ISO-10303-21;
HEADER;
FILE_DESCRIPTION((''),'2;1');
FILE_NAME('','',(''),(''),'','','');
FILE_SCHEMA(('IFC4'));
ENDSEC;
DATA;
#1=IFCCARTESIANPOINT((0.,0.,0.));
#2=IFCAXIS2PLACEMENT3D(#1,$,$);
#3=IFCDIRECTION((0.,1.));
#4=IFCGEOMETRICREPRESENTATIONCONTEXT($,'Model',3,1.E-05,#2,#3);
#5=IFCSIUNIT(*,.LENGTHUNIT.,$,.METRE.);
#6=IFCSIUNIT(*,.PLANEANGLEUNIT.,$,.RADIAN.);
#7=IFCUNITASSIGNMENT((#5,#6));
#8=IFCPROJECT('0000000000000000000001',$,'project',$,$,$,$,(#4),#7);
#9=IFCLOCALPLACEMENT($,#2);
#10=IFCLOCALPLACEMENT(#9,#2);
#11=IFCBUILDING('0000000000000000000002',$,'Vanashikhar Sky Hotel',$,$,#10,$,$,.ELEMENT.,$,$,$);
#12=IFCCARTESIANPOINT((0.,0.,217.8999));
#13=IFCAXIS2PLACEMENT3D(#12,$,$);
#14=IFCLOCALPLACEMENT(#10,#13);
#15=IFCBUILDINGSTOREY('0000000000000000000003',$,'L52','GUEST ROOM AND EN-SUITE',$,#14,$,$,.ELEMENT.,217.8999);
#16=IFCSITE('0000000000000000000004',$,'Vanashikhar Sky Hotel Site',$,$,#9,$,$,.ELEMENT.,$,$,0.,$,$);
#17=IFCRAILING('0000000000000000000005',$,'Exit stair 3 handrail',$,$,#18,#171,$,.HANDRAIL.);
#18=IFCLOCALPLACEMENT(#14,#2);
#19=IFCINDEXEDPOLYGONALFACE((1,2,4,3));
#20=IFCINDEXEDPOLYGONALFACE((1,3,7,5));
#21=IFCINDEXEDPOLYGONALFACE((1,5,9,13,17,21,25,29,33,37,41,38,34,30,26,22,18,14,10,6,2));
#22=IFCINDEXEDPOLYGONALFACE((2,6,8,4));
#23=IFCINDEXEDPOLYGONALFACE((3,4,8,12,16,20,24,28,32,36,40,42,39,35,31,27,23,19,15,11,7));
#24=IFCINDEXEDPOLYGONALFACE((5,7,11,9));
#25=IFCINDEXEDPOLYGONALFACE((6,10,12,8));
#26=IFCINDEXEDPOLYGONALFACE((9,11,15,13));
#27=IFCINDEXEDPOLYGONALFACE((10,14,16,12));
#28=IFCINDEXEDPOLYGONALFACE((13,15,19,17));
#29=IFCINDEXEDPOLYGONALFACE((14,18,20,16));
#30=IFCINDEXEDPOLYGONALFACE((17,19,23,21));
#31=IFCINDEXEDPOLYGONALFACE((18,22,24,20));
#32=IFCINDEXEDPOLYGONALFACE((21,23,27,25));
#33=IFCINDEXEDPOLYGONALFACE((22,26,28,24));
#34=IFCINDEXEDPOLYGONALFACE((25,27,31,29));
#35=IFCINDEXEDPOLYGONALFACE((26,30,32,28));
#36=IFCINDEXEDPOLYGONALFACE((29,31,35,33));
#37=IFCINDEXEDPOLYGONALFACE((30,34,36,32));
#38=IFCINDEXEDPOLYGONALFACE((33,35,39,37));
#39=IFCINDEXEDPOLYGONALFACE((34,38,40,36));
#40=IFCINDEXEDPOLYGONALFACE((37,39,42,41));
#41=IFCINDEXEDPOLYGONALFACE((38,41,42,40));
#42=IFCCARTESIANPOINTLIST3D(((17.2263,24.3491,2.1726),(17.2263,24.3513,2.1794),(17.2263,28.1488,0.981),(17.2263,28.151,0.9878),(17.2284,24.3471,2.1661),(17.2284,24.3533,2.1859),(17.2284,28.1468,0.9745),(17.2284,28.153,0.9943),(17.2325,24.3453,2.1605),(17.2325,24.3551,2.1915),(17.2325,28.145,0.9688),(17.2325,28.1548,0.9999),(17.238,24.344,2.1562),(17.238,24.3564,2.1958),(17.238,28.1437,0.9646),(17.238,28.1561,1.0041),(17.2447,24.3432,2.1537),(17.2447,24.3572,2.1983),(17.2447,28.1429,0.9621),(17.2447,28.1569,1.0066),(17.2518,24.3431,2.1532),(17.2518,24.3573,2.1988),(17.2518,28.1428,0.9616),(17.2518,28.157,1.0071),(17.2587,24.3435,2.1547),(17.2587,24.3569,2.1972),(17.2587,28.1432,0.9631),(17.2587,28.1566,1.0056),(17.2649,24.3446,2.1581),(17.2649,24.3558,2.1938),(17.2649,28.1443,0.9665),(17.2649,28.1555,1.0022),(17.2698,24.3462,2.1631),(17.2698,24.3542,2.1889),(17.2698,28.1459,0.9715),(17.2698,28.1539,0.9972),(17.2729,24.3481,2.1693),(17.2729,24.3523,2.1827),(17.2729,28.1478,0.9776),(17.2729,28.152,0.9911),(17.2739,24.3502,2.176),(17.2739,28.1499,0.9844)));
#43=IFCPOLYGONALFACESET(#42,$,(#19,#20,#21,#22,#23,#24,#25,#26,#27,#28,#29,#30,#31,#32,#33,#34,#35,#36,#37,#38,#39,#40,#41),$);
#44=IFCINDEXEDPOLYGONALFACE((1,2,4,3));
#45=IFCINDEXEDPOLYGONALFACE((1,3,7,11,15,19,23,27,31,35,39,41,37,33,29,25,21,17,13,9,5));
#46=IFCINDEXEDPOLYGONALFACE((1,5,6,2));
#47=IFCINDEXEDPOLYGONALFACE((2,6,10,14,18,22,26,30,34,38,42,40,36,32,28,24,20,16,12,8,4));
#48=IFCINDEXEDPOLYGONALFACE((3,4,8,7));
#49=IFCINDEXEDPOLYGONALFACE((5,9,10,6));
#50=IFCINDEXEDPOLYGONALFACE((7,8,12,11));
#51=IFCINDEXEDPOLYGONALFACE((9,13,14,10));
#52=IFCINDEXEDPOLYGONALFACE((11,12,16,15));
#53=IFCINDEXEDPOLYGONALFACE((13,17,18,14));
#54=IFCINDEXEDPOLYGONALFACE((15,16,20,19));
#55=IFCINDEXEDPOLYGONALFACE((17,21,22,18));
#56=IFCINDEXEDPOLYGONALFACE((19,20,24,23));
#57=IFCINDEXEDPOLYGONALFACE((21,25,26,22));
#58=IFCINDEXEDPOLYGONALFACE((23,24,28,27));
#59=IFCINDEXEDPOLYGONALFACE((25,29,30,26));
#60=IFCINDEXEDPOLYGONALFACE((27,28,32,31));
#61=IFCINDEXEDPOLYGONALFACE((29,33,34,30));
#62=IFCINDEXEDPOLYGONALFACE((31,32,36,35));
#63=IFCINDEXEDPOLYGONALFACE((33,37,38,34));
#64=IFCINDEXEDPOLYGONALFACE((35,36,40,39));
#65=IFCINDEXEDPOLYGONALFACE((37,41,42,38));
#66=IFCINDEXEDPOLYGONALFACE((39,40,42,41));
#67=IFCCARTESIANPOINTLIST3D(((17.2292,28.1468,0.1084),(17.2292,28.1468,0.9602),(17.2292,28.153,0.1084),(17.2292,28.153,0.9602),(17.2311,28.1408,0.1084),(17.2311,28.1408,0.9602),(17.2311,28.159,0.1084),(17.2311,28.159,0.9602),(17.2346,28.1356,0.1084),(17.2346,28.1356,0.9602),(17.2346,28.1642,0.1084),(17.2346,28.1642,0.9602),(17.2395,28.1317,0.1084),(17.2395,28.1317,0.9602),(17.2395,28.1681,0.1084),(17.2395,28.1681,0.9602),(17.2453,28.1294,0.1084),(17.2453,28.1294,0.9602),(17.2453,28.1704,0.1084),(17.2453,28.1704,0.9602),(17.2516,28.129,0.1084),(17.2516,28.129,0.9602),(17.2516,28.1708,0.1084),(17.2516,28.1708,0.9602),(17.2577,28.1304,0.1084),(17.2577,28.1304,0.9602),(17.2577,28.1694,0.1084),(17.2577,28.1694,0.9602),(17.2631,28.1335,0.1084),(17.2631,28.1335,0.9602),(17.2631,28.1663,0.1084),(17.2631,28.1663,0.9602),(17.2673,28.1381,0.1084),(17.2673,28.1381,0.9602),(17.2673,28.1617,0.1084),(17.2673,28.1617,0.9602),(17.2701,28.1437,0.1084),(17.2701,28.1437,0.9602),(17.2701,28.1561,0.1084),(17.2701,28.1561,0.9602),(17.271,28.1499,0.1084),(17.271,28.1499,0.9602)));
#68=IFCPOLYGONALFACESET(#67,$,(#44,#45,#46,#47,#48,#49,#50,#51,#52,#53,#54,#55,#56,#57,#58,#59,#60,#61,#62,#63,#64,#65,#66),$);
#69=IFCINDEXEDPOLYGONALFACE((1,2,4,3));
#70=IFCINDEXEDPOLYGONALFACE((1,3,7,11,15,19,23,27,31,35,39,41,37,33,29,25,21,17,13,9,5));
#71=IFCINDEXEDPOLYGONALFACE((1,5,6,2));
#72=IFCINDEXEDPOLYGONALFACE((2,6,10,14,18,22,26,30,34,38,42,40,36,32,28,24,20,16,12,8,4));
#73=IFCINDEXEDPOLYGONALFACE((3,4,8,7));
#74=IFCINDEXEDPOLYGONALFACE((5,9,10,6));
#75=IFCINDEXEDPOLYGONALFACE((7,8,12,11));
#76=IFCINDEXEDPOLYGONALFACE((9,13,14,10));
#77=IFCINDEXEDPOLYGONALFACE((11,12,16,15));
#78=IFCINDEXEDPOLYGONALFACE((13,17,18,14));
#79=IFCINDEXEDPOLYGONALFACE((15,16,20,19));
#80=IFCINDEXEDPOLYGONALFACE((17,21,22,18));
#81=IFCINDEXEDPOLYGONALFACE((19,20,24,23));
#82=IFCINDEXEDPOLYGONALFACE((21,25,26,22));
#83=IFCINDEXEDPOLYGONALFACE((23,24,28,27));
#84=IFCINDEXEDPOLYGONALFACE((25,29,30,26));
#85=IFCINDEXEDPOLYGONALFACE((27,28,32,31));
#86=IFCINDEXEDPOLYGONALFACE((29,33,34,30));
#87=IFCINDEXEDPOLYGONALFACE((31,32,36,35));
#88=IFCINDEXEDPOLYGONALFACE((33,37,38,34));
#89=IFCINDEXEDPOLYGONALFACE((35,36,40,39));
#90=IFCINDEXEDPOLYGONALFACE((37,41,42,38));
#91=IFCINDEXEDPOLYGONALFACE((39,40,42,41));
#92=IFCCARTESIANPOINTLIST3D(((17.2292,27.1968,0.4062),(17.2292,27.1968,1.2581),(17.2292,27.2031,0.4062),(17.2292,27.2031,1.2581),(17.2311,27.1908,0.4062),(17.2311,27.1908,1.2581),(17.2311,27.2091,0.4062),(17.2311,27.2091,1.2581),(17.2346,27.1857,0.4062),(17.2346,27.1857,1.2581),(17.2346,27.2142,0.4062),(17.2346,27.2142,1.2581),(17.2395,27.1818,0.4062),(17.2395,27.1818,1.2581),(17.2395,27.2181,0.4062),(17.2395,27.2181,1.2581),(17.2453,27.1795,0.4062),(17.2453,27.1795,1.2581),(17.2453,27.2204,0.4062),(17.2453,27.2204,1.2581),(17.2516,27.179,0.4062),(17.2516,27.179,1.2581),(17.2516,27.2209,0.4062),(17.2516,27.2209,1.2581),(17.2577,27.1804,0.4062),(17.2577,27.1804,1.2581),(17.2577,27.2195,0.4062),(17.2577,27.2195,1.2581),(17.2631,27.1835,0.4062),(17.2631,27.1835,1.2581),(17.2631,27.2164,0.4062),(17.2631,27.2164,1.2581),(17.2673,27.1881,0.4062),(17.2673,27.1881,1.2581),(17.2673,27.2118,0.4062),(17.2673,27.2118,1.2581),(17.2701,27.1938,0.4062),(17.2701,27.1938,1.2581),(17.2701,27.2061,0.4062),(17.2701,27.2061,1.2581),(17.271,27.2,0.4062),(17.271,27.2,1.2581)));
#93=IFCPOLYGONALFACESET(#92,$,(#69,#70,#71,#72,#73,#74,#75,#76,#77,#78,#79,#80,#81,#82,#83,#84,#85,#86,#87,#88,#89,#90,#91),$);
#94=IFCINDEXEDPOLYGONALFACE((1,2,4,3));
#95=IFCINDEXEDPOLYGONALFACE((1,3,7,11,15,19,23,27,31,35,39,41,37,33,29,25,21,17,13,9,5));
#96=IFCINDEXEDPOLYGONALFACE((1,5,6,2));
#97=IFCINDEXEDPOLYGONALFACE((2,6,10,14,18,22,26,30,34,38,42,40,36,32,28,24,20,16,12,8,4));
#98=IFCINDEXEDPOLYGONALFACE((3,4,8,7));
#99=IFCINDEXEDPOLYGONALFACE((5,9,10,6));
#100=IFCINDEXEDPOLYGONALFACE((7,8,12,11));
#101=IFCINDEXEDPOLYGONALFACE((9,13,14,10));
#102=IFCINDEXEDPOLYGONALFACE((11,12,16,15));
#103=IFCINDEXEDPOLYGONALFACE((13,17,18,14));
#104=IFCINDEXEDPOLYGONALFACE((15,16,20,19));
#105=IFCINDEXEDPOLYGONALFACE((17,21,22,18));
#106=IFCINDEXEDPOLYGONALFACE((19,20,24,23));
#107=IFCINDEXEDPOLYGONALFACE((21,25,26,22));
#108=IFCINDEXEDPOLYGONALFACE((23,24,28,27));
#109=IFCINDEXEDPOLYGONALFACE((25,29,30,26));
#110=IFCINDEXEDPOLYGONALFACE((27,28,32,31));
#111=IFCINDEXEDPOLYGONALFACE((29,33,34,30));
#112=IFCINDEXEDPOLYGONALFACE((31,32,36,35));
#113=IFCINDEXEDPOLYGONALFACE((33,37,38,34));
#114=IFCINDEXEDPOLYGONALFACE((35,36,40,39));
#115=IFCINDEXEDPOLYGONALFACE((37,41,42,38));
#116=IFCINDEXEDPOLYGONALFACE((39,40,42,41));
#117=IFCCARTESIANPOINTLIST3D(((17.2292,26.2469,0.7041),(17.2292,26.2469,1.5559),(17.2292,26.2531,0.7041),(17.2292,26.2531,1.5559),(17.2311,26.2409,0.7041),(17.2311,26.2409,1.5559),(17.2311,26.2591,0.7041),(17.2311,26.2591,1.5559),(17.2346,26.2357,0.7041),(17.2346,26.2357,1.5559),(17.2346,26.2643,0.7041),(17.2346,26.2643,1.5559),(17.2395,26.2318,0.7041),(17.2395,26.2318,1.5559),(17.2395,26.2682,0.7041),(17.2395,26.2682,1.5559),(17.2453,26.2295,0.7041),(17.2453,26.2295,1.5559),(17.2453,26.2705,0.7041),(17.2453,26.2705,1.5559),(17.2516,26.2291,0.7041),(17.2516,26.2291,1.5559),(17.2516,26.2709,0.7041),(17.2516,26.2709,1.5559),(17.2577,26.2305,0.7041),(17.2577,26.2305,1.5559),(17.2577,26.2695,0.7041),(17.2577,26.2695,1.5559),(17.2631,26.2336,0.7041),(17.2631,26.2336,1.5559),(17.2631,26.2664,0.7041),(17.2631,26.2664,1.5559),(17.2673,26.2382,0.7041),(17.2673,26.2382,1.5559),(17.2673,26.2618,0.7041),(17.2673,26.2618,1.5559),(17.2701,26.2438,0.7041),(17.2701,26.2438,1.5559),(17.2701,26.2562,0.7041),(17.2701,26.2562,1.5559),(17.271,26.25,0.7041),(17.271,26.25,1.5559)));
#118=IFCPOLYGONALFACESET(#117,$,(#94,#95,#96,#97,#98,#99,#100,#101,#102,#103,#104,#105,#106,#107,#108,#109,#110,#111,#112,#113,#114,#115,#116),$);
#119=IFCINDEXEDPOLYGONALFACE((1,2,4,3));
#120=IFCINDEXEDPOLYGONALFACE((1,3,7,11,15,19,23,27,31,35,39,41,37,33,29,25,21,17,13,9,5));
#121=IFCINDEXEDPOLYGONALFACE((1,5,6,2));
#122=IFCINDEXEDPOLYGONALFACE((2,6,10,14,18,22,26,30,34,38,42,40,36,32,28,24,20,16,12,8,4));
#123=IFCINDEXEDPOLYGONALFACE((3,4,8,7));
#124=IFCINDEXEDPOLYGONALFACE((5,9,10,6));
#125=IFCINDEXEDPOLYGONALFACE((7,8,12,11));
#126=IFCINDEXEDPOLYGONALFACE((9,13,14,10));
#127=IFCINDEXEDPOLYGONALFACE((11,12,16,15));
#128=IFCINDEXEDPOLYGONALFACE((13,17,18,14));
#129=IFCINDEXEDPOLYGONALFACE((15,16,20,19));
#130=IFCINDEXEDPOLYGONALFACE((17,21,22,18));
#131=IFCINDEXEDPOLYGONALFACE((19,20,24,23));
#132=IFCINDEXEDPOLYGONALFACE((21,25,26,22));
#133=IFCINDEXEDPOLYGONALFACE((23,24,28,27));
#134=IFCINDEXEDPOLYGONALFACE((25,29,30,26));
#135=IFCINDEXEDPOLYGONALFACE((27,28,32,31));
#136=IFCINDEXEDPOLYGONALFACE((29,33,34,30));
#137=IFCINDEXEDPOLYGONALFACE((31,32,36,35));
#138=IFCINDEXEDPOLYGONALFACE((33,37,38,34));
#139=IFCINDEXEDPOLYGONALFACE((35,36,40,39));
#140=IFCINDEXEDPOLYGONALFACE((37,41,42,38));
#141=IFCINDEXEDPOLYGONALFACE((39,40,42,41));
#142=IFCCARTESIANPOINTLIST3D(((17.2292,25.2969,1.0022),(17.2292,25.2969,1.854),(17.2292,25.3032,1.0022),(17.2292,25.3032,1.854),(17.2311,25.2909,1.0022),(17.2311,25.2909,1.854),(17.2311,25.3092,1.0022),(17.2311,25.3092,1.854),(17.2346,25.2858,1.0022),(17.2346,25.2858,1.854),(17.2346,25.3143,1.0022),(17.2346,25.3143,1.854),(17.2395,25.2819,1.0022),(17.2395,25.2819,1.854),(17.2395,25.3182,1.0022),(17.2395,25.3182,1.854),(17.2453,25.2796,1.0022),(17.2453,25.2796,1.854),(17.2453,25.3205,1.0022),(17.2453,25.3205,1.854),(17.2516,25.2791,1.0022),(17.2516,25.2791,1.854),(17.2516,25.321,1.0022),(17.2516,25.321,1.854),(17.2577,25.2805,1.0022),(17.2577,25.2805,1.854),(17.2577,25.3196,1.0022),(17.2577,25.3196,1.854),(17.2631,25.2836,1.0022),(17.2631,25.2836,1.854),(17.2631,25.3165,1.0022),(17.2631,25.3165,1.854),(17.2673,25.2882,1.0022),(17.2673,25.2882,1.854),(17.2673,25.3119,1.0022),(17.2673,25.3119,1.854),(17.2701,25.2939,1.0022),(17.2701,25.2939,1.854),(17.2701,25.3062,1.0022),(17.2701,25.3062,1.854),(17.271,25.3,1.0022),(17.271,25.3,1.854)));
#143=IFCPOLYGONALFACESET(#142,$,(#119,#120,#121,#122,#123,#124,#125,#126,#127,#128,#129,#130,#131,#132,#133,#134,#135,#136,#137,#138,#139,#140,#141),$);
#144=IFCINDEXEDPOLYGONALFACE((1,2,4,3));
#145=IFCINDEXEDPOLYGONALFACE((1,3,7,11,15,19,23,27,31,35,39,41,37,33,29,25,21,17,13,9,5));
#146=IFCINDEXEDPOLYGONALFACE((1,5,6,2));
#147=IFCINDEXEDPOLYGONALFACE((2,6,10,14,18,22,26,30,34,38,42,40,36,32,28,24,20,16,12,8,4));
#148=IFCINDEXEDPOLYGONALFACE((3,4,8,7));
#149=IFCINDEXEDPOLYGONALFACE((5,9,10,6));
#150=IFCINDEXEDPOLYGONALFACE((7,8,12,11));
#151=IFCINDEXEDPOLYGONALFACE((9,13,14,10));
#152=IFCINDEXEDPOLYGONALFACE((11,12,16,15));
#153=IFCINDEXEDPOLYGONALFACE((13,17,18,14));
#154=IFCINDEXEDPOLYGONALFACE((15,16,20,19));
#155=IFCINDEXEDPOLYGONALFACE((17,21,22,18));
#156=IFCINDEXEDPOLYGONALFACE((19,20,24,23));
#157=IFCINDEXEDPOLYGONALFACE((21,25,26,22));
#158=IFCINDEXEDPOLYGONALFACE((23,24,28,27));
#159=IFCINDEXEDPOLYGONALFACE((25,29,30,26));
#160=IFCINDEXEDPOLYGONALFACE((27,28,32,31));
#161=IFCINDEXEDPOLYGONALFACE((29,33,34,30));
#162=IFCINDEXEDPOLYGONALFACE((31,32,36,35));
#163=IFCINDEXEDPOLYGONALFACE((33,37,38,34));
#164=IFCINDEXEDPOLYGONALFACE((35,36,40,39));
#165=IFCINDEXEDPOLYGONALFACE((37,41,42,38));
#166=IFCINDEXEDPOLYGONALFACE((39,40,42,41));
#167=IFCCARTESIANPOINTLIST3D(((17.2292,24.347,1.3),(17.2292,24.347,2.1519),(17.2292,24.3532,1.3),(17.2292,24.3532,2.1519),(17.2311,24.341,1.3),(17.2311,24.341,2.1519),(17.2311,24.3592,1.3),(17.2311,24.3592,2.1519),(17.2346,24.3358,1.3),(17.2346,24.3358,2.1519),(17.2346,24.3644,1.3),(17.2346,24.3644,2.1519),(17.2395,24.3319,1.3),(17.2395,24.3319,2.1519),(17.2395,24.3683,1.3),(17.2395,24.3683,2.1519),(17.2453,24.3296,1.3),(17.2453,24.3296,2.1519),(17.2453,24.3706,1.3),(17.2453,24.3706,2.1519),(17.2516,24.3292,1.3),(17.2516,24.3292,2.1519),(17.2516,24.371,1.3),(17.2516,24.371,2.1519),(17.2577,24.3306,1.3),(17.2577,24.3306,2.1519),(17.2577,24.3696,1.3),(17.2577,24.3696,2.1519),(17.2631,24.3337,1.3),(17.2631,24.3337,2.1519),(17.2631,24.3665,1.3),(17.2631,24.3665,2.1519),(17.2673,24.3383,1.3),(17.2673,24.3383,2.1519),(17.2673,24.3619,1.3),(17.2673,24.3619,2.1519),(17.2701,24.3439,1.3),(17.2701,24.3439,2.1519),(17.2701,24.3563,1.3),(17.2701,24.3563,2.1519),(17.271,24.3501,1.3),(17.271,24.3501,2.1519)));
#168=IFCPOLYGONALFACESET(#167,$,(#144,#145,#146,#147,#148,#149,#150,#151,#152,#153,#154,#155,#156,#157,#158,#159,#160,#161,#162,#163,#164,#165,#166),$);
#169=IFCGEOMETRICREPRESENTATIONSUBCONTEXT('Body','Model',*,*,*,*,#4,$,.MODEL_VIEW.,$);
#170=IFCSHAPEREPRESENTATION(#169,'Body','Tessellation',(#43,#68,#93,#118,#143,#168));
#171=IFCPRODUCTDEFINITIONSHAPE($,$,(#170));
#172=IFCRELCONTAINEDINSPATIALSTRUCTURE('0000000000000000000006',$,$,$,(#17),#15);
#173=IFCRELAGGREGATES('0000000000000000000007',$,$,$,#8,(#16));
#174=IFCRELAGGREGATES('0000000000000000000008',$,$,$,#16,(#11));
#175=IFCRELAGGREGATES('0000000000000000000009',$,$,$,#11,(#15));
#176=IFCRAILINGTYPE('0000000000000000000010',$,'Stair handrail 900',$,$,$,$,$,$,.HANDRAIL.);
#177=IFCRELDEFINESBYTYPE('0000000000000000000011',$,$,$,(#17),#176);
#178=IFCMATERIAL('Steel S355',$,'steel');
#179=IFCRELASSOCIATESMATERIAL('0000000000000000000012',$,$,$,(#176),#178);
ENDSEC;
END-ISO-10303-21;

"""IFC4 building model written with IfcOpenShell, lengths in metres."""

from ifc_helpers import new_model, si_unit, direction, frame, origin, origin_2d, place, context, subcontext, project, spatial, circle, extrude, source, transform, mapped, material, type_object, element, save


model = new_model("IFC4")

# Units and contexts
model_context = context("Model", 3, precision=1e-05, world=origin(), true_north=direction((0.0, 1.0)))
body_context = subcontext(model_context, "Body", "Model", "MODEL_VIEW")
ifc_project = project(units=[si_unit("LENGTHUNIT", "METRE"), si_unit("PLANEANGLEUNIT", "RADIAN")], contexts=[model_context])

# Site, building, storey
site_placement = place(None, origin())
site = spatial("IfcSite", under=ifc_project, at=site_placement, Name="Vanashikhar Sky Hotel Site", CompositionType="ELEMENT", RefElevation=0.0)
building_placement = place(site_placement, origin())
building = spatial("IfcBuilding", under=site, at=building_placement, Name="Vanashikhar Sky Hotel", CompositionType="ELEMENT")
storey_placement = place(building_placement, frame((0.0, 0.0, 217.8999)))
storey = spatial("IfcBuildingStorey", under=building, at=storey_placement, Name="L52", Description="GUEST ROOM AND EN-SUITE", CompositionType="ELEMENT", Elevation=217.8999)

# Railing
ifc_material_1 = material(Name="Steel S355", Category="steel")
railing_type_1 = type_object("IfcRailingType", Name="Stair handrail 900", PredefinedType="HANDRAIL", material=ifc_material_1)
shared_shape_1 = source(origin(), body_context, "Body", "SweptSolid", [
    extrude(circle(Radius=0.0239, at=origin_2d()), frame((0.0, 0.0, 0.876), z_axis=(0.0, -0.954178, 0.299238), x_axis=(1.0, 0.0, 0.0)), (0.0, 0.0, 1.0), 3.9822),
    extrude(circle(Radius=0.021, at=origin_2d()), origin(), (0.0, 0.0, 1.0), 0.8518),
    extrude(circle(Radius=0.021, at=origin_2d()), frame((0.0, -0.95, 0.2979)), (0.0, 0.0, 1.0), 0.8518),
    extrude(circle(Radius=0.021, at=origin_2d()), frame((0.0, -1.8999, 0.5957)), (0.0, 0.0, 1.0), 0.8518),
    extrude(circle(Radius=0.021, at=origin_2d()), frame((0.0, -2.8499, 0.8938)), (0.0, 0.0, 1.0), 0.8518),
    extrude(circle(Radius=0.021, at=origin_2d()), frame((0.0, -3.7998, 1.1917)), (0.0, 0.0, 1.0), 0.8518),
])
for number, where, name in (
    (1, (17.25, 28.1499, 0.1084), "Exit stair 3 handrail"),
):
    element("IfcRailing", number, at=place(storey_placement, frame(where)), inside=storey, type_object=railing_type_1, Name=name, PredefinedType="HANDRAIL", context=body_context, shape_type="MappedRepresentation", body=[
        mapped(shared_shape_1, transform((0.0, 0.0, 0.0), scale=1.0)),
    ])

save(model, "model.ifc")
